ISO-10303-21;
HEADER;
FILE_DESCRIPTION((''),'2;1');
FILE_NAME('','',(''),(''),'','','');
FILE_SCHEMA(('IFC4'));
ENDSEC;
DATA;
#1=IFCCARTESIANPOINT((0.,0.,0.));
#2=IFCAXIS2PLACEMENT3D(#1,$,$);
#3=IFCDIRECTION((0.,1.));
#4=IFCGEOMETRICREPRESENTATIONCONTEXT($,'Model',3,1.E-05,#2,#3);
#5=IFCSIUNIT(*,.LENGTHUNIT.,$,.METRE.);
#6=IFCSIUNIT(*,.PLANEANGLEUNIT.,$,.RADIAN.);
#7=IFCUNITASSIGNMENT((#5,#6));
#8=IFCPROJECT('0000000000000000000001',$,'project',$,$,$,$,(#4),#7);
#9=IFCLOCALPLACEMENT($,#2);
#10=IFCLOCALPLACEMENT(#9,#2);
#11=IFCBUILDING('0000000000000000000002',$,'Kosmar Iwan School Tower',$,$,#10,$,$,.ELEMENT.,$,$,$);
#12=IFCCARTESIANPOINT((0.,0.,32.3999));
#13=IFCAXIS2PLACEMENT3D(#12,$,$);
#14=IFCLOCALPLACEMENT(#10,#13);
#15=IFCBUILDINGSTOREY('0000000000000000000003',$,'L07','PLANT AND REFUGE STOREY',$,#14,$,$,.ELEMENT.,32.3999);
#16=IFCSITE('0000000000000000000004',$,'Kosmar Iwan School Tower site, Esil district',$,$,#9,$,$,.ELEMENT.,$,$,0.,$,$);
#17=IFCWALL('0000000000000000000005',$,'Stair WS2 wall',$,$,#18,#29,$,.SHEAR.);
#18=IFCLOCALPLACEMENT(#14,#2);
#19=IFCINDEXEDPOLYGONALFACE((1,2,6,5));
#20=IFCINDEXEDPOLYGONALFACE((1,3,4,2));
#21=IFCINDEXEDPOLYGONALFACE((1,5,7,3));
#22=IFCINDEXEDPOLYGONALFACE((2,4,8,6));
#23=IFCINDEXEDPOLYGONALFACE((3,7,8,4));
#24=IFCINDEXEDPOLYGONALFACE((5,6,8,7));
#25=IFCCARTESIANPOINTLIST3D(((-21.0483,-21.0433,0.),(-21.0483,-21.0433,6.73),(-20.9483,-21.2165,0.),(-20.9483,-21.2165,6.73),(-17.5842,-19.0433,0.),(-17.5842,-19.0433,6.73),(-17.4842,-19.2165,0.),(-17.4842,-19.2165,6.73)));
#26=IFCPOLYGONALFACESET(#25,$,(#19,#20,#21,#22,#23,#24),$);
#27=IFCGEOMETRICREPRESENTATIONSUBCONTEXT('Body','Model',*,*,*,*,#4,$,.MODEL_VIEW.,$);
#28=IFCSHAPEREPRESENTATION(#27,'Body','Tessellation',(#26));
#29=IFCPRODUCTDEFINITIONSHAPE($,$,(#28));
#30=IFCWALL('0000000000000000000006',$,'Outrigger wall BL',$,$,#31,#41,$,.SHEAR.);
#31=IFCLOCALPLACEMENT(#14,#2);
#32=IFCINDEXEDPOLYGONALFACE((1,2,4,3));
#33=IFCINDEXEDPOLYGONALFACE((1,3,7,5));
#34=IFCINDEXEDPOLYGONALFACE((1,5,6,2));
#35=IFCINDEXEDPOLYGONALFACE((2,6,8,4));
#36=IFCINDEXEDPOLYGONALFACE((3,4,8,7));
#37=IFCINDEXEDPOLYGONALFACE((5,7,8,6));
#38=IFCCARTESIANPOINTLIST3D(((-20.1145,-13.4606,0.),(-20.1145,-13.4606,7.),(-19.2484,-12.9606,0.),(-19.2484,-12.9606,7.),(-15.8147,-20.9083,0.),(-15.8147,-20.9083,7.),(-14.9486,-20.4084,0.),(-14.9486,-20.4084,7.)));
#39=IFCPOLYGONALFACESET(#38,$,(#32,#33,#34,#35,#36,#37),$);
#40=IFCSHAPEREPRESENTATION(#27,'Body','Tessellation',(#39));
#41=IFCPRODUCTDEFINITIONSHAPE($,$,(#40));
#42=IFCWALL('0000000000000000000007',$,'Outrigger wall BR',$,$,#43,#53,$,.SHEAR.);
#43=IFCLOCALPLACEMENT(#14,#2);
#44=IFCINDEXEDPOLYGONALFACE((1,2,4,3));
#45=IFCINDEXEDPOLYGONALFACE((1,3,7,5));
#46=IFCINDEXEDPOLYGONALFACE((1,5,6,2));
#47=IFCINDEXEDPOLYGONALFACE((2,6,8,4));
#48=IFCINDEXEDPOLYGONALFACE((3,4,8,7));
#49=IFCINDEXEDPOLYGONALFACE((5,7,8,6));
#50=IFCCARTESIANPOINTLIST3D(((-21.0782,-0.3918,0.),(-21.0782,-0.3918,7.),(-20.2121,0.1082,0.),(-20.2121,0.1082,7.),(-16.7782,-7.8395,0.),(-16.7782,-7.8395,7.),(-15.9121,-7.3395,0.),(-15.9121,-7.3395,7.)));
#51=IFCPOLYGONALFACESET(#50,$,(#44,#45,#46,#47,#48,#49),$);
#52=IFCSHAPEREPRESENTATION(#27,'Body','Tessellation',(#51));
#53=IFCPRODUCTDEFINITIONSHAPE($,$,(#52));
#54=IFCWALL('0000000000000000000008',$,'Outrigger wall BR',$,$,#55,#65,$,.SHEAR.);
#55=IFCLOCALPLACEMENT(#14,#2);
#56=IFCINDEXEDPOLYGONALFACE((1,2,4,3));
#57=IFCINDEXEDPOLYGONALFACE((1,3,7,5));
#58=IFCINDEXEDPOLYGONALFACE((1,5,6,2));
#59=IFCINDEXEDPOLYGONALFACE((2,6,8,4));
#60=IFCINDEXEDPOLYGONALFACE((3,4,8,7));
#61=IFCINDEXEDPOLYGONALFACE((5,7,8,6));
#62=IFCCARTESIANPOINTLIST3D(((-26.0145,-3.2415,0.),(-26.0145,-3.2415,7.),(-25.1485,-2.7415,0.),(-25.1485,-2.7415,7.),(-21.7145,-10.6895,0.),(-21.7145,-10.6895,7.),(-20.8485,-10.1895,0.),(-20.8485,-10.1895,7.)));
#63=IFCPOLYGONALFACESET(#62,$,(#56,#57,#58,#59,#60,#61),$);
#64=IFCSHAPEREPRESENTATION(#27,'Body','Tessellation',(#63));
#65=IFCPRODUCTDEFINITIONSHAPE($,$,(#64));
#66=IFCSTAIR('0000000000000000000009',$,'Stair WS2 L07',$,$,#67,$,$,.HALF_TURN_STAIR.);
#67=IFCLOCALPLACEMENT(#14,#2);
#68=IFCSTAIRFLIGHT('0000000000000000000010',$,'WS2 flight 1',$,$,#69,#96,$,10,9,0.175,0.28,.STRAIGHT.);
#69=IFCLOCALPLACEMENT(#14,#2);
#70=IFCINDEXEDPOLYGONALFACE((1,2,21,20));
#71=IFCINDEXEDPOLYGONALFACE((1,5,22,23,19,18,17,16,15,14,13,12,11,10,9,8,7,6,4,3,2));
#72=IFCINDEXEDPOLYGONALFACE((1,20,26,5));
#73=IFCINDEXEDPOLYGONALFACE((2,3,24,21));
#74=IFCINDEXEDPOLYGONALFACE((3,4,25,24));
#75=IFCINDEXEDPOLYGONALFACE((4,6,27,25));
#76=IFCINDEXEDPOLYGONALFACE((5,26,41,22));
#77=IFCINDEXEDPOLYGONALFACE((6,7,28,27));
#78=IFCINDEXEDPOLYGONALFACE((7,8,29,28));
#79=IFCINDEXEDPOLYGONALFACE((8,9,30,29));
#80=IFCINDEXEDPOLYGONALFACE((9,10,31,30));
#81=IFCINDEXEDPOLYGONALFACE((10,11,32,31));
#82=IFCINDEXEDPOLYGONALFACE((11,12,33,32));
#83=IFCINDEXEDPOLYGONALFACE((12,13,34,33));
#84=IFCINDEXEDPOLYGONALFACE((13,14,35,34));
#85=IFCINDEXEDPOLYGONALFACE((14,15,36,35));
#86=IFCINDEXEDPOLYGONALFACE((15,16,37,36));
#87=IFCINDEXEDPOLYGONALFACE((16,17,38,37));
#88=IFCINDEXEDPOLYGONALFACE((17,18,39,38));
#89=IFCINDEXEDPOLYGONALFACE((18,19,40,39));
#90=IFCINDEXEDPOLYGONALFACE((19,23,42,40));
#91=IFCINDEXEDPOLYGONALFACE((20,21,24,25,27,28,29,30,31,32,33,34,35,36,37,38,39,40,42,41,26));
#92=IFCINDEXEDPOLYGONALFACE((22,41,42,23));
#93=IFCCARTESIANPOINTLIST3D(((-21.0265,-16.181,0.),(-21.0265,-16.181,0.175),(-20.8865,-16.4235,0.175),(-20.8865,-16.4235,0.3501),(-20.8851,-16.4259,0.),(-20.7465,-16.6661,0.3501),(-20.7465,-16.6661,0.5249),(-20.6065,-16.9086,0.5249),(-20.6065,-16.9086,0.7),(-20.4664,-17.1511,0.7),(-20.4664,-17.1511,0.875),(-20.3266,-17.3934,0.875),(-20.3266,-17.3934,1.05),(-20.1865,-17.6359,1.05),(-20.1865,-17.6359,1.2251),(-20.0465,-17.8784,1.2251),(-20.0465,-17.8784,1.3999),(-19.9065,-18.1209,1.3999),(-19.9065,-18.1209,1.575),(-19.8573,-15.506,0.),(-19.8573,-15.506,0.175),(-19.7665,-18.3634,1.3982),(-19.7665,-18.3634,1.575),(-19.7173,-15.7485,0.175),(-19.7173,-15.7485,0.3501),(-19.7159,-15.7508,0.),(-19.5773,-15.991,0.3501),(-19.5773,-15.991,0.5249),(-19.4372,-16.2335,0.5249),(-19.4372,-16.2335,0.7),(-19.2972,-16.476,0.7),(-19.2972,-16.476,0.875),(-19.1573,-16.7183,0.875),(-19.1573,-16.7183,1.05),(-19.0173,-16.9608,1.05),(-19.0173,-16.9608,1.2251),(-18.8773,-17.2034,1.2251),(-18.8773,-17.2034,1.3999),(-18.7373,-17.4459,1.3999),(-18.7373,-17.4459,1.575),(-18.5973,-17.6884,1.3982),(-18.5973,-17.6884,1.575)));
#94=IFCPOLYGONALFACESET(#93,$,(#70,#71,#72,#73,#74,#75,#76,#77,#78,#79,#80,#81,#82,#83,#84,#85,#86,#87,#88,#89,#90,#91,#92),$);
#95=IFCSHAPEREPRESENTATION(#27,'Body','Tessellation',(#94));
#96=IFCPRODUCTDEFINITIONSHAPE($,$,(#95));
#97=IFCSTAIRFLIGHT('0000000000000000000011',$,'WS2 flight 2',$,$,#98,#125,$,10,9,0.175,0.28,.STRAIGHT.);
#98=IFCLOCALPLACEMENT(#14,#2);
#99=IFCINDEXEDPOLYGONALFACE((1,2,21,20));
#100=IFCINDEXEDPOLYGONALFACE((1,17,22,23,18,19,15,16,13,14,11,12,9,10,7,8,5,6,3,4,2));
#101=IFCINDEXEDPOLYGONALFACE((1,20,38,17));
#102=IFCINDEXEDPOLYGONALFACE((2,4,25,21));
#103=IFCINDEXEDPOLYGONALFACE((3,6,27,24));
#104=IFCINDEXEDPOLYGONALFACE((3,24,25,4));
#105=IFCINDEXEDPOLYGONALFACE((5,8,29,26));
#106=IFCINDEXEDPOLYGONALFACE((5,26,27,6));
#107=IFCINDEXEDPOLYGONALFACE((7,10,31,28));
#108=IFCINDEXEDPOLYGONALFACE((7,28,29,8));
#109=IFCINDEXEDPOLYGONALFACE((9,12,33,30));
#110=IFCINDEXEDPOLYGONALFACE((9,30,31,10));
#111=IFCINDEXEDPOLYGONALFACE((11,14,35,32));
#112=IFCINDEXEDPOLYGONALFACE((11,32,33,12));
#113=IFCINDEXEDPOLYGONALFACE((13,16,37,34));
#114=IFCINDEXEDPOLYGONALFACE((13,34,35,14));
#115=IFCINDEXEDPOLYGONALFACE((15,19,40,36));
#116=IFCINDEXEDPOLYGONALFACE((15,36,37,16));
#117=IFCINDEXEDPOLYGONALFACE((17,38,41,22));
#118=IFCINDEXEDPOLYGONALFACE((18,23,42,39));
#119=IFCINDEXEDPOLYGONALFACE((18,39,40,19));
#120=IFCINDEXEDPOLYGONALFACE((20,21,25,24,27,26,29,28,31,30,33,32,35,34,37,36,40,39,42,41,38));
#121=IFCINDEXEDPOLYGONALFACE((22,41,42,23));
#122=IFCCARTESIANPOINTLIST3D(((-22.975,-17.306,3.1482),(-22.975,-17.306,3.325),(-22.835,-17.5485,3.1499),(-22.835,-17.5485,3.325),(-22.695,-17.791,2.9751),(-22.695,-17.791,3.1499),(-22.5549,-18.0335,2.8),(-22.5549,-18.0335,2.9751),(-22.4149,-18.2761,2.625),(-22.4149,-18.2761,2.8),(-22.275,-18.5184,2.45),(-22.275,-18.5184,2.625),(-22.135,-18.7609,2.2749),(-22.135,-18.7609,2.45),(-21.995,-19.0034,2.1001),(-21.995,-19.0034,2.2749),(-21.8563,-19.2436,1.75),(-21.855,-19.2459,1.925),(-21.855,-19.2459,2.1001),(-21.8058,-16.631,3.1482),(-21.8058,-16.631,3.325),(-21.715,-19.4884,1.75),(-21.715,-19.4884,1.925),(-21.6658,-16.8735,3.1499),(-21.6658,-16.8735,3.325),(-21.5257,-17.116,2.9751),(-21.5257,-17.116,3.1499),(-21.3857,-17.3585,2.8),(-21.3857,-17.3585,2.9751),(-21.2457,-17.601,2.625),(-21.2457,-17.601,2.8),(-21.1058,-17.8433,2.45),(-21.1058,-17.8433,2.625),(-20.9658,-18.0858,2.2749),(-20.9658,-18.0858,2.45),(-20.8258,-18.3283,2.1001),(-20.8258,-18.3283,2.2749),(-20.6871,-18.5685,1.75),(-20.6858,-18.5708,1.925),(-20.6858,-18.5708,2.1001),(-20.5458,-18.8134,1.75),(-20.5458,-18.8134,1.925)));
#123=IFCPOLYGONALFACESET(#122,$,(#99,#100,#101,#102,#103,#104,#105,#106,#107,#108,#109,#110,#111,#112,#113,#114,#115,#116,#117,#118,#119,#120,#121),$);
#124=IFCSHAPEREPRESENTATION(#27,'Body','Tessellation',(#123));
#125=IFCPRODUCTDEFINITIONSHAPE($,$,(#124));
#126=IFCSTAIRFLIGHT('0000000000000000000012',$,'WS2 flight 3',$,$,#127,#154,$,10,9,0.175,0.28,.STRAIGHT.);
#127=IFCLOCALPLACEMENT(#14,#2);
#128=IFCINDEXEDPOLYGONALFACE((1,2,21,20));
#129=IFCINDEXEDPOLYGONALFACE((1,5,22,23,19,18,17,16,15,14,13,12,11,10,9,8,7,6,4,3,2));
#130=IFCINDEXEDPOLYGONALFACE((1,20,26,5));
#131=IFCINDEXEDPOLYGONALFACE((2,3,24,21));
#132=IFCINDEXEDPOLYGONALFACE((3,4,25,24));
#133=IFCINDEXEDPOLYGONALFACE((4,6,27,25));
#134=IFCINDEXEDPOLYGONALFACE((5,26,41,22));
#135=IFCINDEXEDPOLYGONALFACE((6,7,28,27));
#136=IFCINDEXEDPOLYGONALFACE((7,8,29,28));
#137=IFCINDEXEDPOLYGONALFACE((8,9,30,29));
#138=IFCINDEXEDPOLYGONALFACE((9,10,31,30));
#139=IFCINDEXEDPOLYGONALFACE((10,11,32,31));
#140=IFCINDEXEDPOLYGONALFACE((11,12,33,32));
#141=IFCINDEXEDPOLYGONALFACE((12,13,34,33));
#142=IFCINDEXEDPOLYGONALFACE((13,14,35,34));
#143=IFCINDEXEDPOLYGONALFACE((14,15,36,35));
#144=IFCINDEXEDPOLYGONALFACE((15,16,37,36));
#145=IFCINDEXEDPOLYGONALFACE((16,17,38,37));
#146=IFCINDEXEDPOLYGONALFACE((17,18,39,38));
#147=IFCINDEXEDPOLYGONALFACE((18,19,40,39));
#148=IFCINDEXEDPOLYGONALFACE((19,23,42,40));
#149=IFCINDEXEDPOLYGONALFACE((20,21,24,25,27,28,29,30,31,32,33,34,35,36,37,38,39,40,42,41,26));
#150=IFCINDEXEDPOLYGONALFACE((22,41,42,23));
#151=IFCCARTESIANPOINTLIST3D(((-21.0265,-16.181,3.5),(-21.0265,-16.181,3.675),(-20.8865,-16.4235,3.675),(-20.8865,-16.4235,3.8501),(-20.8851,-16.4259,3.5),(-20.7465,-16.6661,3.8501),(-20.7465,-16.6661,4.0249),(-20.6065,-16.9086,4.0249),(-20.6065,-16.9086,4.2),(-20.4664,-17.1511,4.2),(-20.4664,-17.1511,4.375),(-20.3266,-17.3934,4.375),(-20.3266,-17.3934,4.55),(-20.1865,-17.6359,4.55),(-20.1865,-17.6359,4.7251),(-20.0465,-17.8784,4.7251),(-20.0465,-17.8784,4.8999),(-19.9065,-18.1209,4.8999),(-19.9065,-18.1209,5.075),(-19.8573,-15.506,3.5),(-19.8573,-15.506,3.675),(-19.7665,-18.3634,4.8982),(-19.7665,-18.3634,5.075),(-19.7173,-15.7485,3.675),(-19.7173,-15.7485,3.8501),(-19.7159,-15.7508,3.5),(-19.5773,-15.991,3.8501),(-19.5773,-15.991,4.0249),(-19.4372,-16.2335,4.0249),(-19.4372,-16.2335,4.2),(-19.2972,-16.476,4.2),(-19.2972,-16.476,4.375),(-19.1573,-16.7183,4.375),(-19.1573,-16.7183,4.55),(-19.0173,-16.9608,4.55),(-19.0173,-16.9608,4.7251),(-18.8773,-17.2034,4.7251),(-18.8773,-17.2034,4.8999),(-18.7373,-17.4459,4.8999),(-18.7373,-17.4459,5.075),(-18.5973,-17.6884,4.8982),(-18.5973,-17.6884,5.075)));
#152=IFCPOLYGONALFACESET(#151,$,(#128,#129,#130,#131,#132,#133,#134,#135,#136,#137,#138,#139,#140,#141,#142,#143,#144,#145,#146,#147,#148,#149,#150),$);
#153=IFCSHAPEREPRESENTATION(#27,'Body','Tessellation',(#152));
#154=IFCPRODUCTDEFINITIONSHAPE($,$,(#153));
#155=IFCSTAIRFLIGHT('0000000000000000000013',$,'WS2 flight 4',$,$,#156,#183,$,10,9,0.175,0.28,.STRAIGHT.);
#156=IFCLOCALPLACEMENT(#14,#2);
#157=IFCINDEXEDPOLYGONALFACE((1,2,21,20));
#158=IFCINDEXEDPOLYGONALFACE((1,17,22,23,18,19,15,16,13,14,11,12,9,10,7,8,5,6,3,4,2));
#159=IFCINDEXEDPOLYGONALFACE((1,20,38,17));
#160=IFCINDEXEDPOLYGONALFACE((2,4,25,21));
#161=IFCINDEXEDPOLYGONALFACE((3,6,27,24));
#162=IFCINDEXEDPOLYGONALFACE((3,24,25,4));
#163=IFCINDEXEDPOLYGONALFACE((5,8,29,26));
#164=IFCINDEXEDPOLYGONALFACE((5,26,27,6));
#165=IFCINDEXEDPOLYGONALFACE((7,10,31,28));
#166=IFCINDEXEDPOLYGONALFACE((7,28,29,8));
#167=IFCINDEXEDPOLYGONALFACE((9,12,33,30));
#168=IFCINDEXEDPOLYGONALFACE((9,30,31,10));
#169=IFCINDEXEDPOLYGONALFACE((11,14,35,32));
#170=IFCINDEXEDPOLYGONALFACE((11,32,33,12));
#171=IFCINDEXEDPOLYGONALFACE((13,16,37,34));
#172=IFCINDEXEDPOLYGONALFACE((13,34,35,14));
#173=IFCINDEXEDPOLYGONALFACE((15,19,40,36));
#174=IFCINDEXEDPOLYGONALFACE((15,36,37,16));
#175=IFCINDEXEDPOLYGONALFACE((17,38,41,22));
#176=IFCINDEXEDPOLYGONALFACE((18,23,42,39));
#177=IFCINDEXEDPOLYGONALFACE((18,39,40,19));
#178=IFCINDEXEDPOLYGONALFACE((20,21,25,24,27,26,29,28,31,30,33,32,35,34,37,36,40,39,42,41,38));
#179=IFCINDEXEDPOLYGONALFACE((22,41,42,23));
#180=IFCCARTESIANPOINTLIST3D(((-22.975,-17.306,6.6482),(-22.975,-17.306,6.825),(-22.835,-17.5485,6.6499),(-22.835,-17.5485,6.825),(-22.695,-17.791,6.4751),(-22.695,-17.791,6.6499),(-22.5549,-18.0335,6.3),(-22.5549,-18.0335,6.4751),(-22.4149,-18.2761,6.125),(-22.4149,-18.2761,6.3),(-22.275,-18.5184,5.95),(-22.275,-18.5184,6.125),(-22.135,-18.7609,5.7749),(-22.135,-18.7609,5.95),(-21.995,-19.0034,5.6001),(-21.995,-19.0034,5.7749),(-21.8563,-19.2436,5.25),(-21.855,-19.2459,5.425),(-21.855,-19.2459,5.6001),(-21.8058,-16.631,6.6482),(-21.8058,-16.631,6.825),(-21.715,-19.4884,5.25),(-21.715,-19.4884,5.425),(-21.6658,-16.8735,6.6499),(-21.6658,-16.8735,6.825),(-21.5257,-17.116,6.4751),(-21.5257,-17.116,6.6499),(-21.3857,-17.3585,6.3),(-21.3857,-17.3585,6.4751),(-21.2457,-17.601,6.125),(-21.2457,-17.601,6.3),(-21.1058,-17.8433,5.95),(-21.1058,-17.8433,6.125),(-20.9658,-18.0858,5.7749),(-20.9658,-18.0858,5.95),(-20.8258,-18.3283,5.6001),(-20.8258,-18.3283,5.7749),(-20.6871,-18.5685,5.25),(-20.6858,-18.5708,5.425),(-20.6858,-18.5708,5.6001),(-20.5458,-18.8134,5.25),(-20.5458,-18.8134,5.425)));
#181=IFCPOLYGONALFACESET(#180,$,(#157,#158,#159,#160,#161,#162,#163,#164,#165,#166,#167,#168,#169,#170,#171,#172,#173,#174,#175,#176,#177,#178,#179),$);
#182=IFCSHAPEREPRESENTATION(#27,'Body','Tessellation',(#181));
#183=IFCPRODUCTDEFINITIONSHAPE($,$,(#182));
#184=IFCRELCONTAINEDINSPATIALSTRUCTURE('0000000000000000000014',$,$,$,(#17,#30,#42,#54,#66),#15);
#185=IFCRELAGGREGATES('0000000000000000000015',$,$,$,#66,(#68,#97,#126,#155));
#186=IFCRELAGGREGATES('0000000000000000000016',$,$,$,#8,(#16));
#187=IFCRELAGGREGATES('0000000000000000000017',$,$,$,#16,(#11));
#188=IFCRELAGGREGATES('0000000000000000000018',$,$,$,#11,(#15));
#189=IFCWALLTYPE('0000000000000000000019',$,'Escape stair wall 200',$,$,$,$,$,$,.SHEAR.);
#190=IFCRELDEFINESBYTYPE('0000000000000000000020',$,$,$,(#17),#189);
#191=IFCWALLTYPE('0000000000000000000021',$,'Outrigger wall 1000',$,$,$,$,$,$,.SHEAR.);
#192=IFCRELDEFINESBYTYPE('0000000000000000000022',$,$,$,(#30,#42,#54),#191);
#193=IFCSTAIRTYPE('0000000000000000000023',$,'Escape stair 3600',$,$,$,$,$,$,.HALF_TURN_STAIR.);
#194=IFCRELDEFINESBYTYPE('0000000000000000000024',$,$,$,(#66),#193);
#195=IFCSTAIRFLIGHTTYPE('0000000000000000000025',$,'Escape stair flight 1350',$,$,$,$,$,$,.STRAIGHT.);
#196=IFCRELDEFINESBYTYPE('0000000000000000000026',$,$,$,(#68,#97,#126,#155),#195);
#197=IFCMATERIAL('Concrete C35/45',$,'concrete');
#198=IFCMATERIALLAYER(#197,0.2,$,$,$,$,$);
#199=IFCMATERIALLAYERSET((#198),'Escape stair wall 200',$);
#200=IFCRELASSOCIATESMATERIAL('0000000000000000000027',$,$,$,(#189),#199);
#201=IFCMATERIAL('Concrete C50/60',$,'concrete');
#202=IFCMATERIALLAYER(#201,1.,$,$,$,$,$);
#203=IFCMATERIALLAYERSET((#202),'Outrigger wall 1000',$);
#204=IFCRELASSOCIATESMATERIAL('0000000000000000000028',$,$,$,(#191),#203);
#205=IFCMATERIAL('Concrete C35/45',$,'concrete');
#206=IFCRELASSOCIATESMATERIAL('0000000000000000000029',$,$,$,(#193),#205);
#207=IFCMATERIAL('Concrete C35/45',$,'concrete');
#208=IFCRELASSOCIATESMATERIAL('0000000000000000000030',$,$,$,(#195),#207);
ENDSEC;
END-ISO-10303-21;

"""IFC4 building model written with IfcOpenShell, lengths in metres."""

from ifc_helpers import new_model, si_unit, direction, frame, frame_2d, origin, place, context, subcontext, project, spatial, polyline, rectangle, outline, extrude, material, layer, layer_set, type_object, element, aggregate, save


model = new_model("IFC4")

# Units and contexts
model_context = context("Model", 3, precision=1e-05, world=origin(), true_north=direction((0.0, 1.0)))
body_context = subcontext(model_context, "Body", "Model", "MODEL_VIEW")
ifc_project = project(units=[si_unit("LENGTHUNIT", "METRE"), si_unit("PLANEANGLEUNIT", "RADIAN")], contexts=[model_context])

# Site, building, storey
site_placement = place(None, origin())
site = spatial("IfcSite", under=ifc_project, at=site_placement, Name="Kosmar Iwan School Tower site, Esil district", CompositionType="ELEMENT", RefElevation=0.0)
building_placement = place(site_placement, origin())
building = spatial("IfcBuilding", under=site, at=building_placement, Name="Kosmar Iwan School Tower", CompositionType="ELEMENT")
storey_placement = place(building_placement, frame((0.0, 0.0, 32.3999)))
storey = spatial("IfcBuildingStorey", under=building, at=storey_placement, Name="L07", Description="PLANT AND REFUGE STOREY", CompositionType="ELEMENT", Elevation=32.3999)

# Walls
ifc_material_1 = material(Name="Concrete C35/45", Category="concrete")
ifc_layer_1 = layer(ifc_material_1, 0.2)
ifc_layer_set_1 = layer_set([ifc_layer_1], Name="Escape stair wall 200")
wall_type_1 = type_object("IfcWallType", Name="Escape stair wall 200", PredefinedType="SHEAR", material=ifc_layer_set_1)
wall_1_placement = place(storey_placement, frame((-17.5342, -19.1299, 0.0), z_axis=(0.0, 0.0, 1.0), x_axis=(-0.866026, -0.499999, 0.0)))
element("IfcWall", 1, at=wall_1_placement, inside=storey, type_object=wall_type_1, Name="Stair WS2 wall", PredefinedType="SHEAR", context=body_context, shape_type="SweptSolid", body=[
    extrude(rectangle(XDim=4.0, YDim=0.2, at=frame_2d((2.0, 0.0))), origin(), (0.0, 0.0, 1.0), 6.73),
])
ifc_material_2 = material(Name="Concrete C50/60", Category="concrete")
ifc_layer_2 = layer(ifc_material_2, 1.0)
ifc_layer_set_2 = layer_set([ifc_layer_2], Name="Outrigger wall 1000")
wall_type_2 = type_object("IfcWallType", Name="Outrigger wall 1000", PredefinedType="SHEAR", material=ifc_layer_set_2)
for number, where, z_axis, x_axis, name in (
    (2, (-19.6814, -13.2107, 0.0), (0.0, 0.0, 1.0), (0.499986, -0.866033, 0.0), "Outrigger wall BL"),
    (3, (-16.3452, -7.5894, 0.0), (0.0, 0.0, 1.0), (-0.500008, 0.866021, 0.0), "Outrigger wall BR"),
):
    element("IfcWall", number, at=place(storey_placement, frame(where, z_axis=z_axis, x_axis=x_axis)), inside=storey, type_object=wall_type_2, Name=name, PredefinedType="SHEAR", context=body_context, shape_type="SweptSolid", body=[
        extrude(rectangle(XDim=8.5999, YDim=1.0, at=frame_2d((4.2998, 0.0))), origin(), (0.0, 0.0, 1.0), 7.0),
    ])
wall_2_placement = place(storey_placement, frame((-21.2815, -10.4395, 0.0), z_axis=(0.0, 0.0, 1.0), x_axis=(-0.499995, 0.866028, 0.0)))
element("IfcWall", 4, at=wall_2_placement, inside=storey, type_object=wall_type_2, Name="Outrigger wall BR", PredefinedType="SHEAR", context=body_context, shape_type="SweptSolid", body=[
    extrude(rectangle(XDim=8.6001, YDim=1.0, at=frame_2d((4.3, 0.0))), origin(), (0.0, 0.0, 1.0), 7.0),
])

# Stair, stair flights
ifc_material_3 = material(Name="Concrete C35/45", Category="concrete")
stair_type = type_object("IfcStairType", Name="Escape stair 3600", PredefinedType="HALF_TURN_STAIR", material=ifc_material_3)
stair_placement = place(storey_placement, origin())
stair = element("IfcStair", 5, at=stair_placement, inside=storey, type_object=stair_type, Name="Stair WS2 L07", PredefinedType="HALF_TURN_STAIR")
ifc_material_4 = material(Name="Concrete C35/45", Category="concrete")
stair_flight_type = type_object("IfcStairFlightType", Name="Escape stair flight 1350", PredefinedType="STRAIGHT", material=ifc_material_4)
stair_flight_1_placement = place(storey_placement, frame((-20.4419, -15.8435, 0.0), z_axis=(0.0, 0.0, 1.0), x_axis=(0.5, -0.866025, 0.0)))
stair_flight_1 = element("IfcStairFlight", 6, at=stair_flight_1_placement, type_object=stair_flight_type, Name="WS2 flight 1", NumberOfRisers=10, NumberOfTreads=9, PredefinedType="STRAIGHT", RiserHeight=0.175, TreadLength=0.28, context=body_context, shape_type="SweptSolid", body=[
    extrude(outline(polyline([(0.0, 0.0), (0.0, 0.175), (0.28, 0.175), (0.28, 0.3501), (0.5601, 0.3501), (0.5601, 0.5249), (0.8401, 0.5249), (0.8401, 0.7), (1.1201, 0.7), (1.1201, 0.875), (1.3999, 0.875), (1.3999, 1.05), (1.6799, 1.05), (1.6799, 1.2251), (1.96, 1.2251), (1.96, 1.3999), (2.24, 1.3999), (2.24, 1.575), (2.52, 1.575), (2.52, 1.75), (2.52, 1.3982), (0.2827, 0.0), (0.0, 0.0)])), frame((0.0, 0.675, 0.0), z_axis=(0.0, -1.0, 0.0), x_axis=(1.0, 0.0, 0.0)), (0.0, 0.0, 1.0), 1.3501),
])
stair_flight_2_placement = place(storey_placement, frame((-21.1304, -19.1509, 1.75), z_axis=(0.0, 0.0, 1.0), x_axis=(-0.5, 0.866025, 0.0)))
stair_flight_2 = element("IfcStairFlight", 7, at=stair_flight_2_placement, type_object=stair_flight_type, Name="WS2 flight 2", NumberOfRisers=10, NumberOfTreads=9, PredefinedType="STRAIGHT", RiserHeight=0.175, TreadLength=0.28, context=body_context, shape_type="SweptSolid", body=[
    extrude(outline(polyline([(0.0, 0.0), (0.0, 0.175), (0.28, 0.175), (0.28, 0.3501), (0.5601, 0.3501), (0.5601, 0.5249), (0.8401, 0.5249), (0.8401, 0.7), (1.1201, 0.7), (1.1201, 0.875), (1.3999, 0.875), (1.3999, 1.05), (1.6799, 1.05), (1.6799, 1.2251), (1.96, 1.2251), (1.96, 1.3999), (2.24, 1.3999), (2.24, 1.575), (2.52, 1.575), (2.52, 1.75), (2.52, 1.3982), (0.2827, 0.0), (0.0, 0.0)])), frame((0.0, 0.675, 0.0), z_axis=(0.0, -1.0, 0.0), x_axis=(1.0, 0.0, 0.0)), (0.0, 0.0, 1.0), 1.3501),
])
stair_flight_3_placement = place(storey_placement, frame((-20.4419, -15.8435, 3.5), z_axis=(0.0, 0.0, 1.0), x_axis=(0.5, -0.866025, 0.0)))
stair_flight_3 = element("IfcStairFlight", 8, at=stair_flight_3_placement, type_object=stair_flight_type, Name="WS2 flight 3", NumberOfRisers=10, NumberOfTreads=9, PredefinedType="STRAIGHT", RiserHeight=0.175, TreadLength=0.28, context=body_context, shape_type="SweptSolid", body=[
    extrude(outline(polyline([(0.0, 0.0), (0.0, 0.175), (0.28, 0.175), (0.28, 0.3501), (0.5601, 0.3501), (0.5601, 0.5249), (0.8401, 0.5249), (0.8401, 0.7), (1.1201, 0.7), (1.1201, 0.875), (1.3999, 0.875), (1.3999, 1.05), (1.6799, 1.05), (1.6799, 1.2251), (1.96, 1.2251), (1.96, 1.3999), (2.24, 1.3999), (2.24, 1.575), (2.52, 1.575), (2.52, 1.75), (2.52, 1.3982), (0.2827, 0.0), (0.0, 0.0)])), frame((0.0, 0.675, 0.0), z_axis=(0.0, -1.0, 0.0), x_axis=(1.0, 0.0, 0.0)), (0.0, 0.0, 1.0), 1.3501),
])
stair_flight_4_placement = place(storey_placement, frame((-21.1304, -19.1509, 5.25), z_axis=(0.0, 0.0, 1.0), x_axis=(-0.5, 0.866025, 0.0)))
stair_flight_4 = element("IfcStairFlight", 9, at=stair_flight_4_placement, type_object=stair_flight_type, Name="WS2 flight 4", NumberOfRisers=10, NumberOfTreads=9, PredefinedType="STRAIGHT", RiserHeight=0.175, TreadLength=0.28, context=body_context, shape_type="SweptSolid", body=[
    extrude(outline(polyline([(0.0, 0.0), (0.0, 0.175), (0.28, 0.175), (0.28, 0.3501), (0.5601, 0.3501), (0.5601, 0.5249), (0.8401, 0.5249), (0.8401, 0.7), (1.1201, 0.7), (1.1201, 0.875), (1.3999, 0.875), (1.3999, 1.05), (1.6799, 1.05), (1.6799, 1.2251), (1.96, 1.2251), (1.96, 1.3999), (2.24, 1.3999), (2.24, 1.575), (2.52, 1.575), (2.52, 1.75), (2.52, 1.3982), (0.2827, 0.0), (0.0, 0.0)])), frame((0.0, 0.675, 0.0), z_axis=(0.0, -1.0, 0.0), x_axis=(1.0, 0.0, 0.0)), (0.0, 0.0, 1.0), 1.3501),
])
aggregate(stair, [stair_flight_1, stair_flight_2, stair_flight_3, stair_flight_4])

save(model, "model.ifc")
